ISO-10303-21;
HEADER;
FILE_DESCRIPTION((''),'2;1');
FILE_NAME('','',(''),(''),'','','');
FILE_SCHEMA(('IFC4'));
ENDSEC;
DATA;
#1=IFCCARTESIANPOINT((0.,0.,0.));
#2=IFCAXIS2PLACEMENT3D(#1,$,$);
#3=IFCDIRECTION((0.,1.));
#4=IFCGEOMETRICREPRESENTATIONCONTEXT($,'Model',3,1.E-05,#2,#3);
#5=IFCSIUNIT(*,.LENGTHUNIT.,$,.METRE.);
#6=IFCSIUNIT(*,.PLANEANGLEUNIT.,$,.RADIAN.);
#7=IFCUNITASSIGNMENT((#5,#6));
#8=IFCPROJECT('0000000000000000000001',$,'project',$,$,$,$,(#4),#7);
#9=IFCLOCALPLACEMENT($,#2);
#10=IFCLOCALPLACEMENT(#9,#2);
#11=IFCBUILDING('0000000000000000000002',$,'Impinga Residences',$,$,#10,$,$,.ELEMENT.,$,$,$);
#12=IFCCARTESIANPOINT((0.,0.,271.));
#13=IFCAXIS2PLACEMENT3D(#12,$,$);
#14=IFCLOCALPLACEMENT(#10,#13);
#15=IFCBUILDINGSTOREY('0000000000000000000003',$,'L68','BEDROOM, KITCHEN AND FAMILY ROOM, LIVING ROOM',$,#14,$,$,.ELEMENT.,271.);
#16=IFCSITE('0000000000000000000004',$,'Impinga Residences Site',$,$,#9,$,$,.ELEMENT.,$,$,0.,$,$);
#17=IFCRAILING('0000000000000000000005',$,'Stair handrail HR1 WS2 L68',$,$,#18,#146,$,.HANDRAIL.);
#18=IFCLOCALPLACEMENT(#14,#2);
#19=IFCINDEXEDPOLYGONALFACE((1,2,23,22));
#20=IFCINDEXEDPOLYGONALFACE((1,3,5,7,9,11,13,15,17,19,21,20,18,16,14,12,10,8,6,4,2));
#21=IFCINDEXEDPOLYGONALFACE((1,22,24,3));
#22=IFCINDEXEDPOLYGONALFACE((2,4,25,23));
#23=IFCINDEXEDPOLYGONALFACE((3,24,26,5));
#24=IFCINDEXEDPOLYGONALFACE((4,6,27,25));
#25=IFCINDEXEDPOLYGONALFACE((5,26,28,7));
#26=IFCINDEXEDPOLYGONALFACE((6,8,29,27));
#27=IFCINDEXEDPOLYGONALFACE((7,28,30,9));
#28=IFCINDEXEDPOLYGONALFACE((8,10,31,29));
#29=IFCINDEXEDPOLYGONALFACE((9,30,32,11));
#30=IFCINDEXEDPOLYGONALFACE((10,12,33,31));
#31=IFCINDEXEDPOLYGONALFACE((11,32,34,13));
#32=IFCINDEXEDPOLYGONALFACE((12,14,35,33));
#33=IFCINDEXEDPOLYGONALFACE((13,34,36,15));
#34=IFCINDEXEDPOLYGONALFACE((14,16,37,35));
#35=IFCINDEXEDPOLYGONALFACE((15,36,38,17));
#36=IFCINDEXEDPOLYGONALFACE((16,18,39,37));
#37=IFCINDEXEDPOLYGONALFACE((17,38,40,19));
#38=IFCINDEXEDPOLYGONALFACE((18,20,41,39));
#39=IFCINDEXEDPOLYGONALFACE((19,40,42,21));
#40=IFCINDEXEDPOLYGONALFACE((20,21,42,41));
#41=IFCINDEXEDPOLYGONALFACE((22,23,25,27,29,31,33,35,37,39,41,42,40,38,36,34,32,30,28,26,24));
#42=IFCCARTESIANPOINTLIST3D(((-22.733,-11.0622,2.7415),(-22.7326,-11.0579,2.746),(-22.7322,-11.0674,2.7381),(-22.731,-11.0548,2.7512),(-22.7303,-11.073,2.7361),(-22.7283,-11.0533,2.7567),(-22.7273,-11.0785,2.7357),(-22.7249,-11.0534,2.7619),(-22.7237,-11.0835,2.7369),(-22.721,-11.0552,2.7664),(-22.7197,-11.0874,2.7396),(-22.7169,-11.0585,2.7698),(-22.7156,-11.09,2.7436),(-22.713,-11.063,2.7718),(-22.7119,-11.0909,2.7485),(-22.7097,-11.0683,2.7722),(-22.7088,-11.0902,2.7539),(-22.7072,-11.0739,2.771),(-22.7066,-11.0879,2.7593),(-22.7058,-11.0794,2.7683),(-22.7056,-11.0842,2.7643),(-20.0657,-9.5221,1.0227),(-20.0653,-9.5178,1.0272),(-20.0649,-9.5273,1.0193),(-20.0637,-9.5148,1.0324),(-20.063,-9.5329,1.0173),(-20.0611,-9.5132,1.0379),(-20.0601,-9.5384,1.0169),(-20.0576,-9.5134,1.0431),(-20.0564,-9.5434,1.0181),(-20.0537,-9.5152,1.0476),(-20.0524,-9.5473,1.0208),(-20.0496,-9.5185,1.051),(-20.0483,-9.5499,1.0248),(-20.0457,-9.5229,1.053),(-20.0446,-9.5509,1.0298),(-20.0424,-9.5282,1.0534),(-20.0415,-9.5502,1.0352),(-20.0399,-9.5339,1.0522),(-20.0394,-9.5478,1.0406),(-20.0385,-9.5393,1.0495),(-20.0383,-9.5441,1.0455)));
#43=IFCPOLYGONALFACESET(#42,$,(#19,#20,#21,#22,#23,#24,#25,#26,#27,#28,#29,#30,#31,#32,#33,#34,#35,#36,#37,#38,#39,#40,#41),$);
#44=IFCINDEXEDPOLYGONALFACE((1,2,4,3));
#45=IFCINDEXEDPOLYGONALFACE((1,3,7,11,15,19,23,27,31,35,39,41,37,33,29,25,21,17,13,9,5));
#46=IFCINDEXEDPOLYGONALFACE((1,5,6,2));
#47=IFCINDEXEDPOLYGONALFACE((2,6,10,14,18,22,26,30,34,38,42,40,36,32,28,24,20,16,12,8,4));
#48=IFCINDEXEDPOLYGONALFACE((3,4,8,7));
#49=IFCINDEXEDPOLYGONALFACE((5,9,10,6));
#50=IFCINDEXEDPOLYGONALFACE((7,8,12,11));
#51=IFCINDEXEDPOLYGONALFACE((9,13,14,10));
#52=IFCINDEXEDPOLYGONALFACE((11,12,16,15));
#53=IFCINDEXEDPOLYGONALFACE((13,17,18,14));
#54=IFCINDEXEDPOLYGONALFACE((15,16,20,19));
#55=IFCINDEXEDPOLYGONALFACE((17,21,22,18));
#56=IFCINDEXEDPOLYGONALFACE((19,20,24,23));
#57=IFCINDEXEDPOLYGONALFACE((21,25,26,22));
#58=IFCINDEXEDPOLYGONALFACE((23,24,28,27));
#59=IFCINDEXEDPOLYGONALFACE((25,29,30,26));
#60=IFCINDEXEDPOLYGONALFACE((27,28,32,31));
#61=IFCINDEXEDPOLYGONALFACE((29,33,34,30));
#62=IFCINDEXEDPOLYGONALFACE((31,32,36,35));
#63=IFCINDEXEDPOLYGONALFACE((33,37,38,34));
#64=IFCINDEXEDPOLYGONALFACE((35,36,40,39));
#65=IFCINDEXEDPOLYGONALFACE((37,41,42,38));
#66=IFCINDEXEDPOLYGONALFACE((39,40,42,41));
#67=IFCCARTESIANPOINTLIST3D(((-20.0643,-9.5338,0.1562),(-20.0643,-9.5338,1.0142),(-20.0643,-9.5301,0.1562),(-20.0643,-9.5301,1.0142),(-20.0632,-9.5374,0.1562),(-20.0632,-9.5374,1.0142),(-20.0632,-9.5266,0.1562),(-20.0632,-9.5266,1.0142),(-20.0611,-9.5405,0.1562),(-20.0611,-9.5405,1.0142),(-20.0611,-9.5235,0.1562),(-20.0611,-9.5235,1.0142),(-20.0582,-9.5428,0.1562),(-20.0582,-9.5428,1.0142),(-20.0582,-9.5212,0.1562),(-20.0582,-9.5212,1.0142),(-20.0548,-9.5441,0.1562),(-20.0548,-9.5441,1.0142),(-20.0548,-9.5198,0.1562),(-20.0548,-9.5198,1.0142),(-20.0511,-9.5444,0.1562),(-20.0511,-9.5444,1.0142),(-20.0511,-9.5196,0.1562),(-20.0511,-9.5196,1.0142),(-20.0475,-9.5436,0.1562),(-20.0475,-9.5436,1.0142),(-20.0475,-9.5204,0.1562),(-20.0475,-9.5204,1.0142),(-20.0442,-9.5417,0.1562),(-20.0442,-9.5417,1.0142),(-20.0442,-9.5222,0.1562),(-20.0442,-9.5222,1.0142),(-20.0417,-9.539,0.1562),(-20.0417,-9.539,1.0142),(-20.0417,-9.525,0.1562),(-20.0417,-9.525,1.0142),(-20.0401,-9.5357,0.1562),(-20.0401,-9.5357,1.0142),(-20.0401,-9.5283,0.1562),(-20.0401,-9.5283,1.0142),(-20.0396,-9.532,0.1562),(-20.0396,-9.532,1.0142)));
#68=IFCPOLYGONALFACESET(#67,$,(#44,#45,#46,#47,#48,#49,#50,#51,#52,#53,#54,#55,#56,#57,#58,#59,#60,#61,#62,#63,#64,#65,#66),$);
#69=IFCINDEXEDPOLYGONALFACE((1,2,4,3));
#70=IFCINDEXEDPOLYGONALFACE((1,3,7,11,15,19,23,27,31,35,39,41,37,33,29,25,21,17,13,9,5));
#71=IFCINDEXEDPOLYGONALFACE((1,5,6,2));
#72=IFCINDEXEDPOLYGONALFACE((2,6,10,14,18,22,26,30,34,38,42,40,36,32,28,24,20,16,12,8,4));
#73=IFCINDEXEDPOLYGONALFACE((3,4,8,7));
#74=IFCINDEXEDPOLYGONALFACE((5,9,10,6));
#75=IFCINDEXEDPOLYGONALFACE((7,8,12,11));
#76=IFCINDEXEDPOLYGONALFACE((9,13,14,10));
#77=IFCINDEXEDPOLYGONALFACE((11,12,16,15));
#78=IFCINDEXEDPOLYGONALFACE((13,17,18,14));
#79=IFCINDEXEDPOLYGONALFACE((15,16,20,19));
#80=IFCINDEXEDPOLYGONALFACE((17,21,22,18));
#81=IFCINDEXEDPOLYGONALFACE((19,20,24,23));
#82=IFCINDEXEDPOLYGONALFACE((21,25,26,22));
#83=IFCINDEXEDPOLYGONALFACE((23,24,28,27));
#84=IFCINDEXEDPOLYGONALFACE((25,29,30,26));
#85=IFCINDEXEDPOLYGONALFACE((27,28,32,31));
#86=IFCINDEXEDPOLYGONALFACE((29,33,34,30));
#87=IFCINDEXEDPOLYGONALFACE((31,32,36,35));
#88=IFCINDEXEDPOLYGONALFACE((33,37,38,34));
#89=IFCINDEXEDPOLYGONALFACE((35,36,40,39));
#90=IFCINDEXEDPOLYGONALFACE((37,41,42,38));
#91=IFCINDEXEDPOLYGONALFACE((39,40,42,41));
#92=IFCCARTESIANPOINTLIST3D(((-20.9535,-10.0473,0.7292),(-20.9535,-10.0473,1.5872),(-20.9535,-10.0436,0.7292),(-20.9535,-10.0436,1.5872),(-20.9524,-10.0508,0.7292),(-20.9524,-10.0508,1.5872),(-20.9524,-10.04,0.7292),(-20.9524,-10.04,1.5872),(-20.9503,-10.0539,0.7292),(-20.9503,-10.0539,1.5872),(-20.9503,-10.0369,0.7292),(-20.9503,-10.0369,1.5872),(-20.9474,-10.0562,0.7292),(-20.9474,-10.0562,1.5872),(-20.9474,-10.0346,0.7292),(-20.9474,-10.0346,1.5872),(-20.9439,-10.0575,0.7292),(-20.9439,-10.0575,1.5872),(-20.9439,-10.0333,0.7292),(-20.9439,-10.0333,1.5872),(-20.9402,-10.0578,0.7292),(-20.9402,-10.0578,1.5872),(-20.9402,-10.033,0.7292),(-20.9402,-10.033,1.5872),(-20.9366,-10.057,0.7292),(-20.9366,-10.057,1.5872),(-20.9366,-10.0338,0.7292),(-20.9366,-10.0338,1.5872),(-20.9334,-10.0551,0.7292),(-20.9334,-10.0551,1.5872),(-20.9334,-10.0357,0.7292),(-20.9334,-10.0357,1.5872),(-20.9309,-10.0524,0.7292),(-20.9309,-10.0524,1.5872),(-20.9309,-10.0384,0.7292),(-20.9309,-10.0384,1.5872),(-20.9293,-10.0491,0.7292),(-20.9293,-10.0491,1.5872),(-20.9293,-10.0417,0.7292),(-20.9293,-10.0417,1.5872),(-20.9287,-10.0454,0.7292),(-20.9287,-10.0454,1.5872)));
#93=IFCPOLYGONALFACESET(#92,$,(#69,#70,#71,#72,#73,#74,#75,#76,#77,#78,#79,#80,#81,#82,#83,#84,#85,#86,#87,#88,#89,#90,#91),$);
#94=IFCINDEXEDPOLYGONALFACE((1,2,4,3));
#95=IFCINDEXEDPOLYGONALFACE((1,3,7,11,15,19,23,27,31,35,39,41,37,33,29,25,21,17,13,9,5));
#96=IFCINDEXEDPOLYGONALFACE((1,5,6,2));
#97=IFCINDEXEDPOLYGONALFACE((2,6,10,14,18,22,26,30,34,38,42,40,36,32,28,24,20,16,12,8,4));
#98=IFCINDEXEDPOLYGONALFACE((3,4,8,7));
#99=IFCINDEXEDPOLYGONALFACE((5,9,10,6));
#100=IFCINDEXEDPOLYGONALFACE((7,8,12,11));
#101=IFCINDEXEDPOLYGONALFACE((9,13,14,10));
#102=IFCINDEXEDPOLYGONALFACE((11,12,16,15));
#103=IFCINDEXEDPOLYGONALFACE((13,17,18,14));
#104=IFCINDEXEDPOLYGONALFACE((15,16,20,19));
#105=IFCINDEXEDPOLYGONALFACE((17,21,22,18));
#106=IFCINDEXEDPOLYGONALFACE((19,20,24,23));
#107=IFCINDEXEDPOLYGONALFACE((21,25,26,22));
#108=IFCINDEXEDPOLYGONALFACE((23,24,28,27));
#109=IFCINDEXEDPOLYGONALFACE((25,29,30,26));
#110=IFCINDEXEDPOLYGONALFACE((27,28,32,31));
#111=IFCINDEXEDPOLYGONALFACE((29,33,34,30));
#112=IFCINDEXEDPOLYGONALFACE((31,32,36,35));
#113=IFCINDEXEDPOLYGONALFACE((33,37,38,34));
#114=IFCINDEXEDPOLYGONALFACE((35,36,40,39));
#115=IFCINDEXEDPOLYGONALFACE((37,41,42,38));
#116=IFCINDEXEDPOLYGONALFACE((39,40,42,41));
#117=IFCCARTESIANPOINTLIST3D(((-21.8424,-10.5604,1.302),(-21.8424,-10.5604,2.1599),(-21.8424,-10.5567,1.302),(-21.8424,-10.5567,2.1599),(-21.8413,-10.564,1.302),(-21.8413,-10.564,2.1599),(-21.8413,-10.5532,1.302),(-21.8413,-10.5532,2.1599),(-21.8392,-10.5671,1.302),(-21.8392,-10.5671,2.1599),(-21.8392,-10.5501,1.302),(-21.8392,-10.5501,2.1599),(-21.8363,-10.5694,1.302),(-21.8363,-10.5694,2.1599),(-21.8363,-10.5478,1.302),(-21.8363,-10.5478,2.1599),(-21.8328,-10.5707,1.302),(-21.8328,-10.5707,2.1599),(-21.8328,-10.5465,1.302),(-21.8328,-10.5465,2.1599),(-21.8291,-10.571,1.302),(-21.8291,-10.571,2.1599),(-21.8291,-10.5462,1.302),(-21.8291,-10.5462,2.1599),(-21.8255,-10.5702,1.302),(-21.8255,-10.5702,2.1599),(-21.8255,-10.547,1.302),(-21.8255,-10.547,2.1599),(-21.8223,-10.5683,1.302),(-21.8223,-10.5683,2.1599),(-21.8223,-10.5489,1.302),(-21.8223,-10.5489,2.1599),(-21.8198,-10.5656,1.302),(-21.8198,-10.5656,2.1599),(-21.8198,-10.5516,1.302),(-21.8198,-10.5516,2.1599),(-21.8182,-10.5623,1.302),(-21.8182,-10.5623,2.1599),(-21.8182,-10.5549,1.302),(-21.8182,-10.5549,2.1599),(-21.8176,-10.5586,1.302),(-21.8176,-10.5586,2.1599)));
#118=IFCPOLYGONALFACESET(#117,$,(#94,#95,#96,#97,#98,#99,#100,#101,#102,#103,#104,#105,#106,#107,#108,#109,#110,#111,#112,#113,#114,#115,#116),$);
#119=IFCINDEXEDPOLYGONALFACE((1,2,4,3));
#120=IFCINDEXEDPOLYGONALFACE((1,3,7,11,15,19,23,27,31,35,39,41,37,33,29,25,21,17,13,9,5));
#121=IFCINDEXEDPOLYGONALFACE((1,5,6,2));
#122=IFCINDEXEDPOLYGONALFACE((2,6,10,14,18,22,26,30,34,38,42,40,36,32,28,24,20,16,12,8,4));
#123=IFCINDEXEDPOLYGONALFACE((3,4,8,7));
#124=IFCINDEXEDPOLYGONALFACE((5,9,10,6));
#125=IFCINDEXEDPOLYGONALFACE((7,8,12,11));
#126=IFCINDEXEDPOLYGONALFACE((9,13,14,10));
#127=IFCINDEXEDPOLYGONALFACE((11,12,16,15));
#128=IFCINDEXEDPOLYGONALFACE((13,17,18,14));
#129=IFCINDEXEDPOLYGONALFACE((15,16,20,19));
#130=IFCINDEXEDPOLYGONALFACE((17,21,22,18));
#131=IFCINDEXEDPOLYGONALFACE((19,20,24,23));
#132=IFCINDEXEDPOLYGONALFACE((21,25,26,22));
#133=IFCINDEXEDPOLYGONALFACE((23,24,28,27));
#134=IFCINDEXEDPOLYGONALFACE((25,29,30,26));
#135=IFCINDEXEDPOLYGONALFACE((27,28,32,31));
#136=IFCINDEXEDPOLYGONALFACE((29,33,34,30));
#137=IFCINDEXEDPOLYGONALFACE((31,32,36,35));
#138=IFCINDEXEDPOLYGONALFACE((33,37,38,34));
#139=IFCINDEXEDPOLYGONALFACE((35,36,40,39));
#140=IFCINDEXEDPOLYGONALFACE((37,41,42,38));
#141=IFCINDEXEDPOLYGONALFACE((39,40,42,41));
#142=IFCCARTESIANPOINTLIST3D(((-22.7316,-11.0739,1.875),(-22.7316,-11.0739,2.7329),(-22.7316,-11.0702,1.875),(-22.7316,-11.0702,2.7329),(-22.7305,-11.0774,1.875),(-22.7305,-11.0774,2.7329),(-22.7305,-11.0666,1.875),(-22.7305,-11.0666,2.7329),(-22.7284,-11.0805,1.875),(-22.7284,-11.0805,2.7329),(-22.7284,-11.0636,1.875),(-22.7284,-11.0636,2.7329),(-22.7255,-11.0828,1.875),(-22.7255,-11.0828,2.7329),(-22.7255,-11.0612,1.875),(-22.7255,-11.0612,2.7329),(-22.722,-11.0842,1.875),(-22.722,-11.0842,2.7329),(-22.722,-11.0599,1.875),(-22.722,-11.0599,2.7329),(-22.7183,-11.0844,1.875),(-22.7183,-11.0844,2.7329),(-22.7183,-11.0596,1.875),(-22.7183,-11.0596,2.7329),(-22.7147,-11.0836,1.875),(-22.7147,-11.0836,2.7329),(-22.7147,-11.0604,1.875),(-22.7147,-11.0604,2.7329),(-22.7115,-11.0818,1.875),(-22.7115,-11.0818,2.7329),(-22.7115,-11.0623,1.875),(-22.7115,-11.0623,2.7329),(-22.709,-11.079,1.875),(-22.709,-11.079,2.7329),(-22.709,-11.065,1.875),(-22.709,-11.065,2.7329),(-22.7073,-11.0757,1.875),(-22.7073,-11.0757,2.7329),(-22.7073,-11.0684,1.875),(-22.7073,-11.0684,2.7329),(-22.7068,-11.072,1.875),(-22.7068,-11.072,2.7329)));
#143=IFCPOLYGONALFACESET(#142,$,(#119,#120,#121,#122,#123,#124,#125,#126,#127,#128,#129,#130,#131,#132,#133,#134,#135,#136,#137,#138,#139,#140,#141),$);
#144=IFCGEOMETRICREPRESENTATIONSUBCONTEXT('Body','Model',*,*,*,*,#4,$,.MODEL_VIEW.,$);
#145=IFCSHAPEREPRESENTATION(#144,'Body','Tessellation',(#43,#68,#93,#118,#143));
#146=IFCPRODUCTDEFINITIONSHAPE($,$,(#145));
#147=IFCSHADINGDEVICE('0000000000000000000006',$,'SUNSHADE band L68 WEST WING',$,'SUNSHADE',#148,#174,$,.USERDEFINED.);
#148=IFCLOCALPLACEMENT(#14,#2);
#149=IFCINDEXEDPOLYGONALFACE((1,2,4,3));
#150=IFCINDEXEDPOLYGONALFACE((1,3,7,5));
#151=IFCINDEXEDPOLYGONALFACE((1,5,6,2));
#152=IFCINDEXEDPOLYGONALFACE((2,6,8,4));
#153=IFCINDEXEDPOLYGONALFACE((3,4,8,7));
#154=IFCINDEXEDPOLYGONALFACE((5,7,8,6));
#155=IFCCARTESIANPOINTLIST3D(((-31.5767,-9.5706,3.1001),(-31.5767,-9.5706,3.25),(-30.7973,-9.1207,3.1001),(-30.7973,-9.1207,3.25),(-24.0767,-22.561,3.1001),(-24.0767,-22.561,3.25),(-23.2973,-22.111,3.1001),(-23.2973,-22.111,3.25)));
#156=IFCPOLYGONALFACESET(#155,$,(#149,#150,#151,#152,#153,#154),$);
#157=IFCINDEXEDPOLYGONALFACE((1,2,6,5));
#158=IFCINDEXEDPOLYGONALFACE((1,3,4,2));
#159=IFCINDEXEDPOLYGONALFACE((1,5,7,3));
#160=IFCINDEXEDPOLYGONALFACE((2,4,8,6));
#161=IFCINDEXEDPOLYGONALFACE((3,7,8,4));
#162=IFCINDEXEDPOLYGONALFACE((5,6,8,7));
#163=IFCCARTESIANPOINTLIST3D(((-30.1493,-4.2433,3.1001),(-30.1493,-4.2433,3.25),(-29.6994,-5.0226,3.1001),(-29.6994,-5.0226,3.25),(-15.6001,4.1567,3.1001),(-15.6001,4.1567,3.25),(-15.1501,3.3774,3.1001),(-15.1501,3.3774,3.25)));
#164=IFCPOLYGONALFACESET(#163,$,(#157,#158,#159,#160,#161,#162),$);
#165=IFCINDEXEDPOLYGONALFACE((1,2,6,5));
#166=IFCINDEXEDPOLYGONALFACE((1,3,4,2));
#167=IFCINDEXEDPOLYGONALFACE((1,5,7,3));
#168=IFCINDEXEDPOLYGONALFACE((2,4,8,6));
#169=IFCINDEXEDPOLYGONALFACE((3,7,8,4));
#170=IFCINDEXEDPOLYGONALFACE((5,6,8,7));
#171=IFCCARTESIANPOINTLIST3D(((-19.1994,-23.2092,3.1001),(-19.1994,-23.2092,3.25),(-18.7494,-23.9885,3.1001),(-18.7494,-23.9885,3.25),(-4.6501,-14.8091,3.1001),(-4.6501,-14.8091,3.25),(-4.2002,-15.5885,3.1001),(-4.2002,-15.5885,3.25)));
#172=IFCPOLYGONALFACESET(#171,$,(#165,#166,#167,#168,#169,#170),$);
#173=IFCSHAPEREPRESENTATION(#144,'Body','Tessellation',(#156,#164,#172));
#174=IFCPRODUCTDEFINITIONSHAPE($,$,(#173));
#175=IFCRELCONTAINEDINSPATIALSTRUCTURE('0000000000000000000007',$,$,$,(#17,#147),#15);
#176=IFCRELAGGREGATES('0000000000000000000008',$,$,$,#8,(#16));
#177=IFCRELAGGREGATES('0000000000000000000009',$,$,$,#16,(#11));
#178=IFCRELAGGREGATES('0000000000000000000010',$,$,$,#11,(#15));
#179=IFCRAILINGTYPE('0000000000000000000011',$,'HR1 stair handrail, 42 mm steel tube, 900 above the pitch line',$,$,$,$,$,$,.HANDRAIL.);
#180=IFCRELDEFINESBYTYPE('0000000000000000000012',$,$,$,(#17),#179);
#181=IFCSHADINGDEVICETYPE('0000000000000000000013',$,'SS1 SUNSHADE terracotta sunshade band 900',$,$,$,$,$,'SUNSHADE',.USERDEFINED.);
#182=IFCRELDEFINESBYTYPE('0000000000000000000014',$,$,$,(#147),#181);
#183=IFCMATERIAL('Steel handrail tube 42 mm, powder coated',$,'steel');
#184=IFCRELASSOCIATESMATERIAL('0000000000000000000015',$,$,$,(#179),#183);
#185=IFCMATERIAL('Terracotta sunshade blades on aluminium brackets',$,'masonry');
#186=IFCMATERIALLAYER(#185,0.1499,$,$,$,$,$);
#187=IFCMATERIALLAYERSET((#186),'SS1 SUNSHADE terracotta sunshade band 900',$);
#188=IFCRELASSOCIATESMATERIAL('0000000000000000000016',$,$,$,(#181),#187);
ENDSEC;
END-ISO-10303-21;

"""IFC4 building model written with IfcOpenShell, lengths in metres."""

from ifc_helpers import new_model, si_unit, direction, frame, origin, origin_2d, place, context, subcontext, project, spatial, rectangle, circle, extrude, material, layer, layer_set, type_object, element, save


model = new_model("IFC4")

# Units and contexts
model_context = context("Model", 3, precision=1e-05, world=origin(), true_north=direction((0.0, 1.0)))
body_context = subcontext(model_context, "Body", "Model", "MODEL_VIEW")
ifc_project = project(units=[si_unit("LENGTHUNIT", "METRE"), si_unit("PLANEANGLEUNIT", "RADIAN")], contexts=[model_context])

# Site, building, storey
site_placement = place(None, origin())
site = spatial("IfcSite", under=ifc_project, at=site_placement, Name="Impinga Residences Site", CompositionType="ELEMENT", RefElevation=0.0)
building_placement = place(site_placement, origin())
building = spatial("IfcBuilding", under=site, at=building_placement, Name="Impinga Residences", CompositionType="ELEMENT")
storey_placement = place(building_placement, frame((0.0, 0.0, 271.0)))
storey = spatial("IfcBuildingStorey", under=building, at=storey_placement, Name="L68", Description="BEDROOM, KITCHEN AND FAMILY ROOM, LIVING ROOM", CompositionType="ELEMENT", Elevation=271.0)

# Railing
ifc_material_1 = material(Name="Steel handrail tube 42 mm, powder coated", Category="steel")
railing_type_1 = type_object("IfcRailingType", Name="HR1 stair handrail, 42 mm steel tube, 900 above the pitch line", PredefinedType="HANDRAIL", material=ifc_material_1)
railing_1_placement = place(storey_placement, frame((-20.052, -9.532, 0.1562)))
element("IfcRailing", 1, at=railing_1_placement, inside=storey, type_object=railing_type_1, Name="Stair handrail HR1 WS2 L68", PredefinedType="HANDRAIL", context=body_context, shape_type="SweptSolid", body=[
    extrude(circle(Radius=0.021, at=origin_2d()), frame((0.0, 0.0, 0.8789), z_axis=(-0.756226, -0.436639, 0.487307), x_axis=(0.500027, -0.86601, 0.0)), (0.0, 0.0, 1.0), 3.5271),
    extrude(circle(Radius=0.0125, at=origin_2d()), origin(), (0.0, 0.0, 1.0), 0.8579),
    extrude(circle(Radius=0.0125, at=origin_2d()), frame((-0.8892, -0.5134, 0.573)), (0.0, 0.0, 1.0), 0.8579),
    extrude(circle(Radius=0.0125, at=origin_2d()), frame((-1.7781, -1.0266, 1.1458)), (0.0, 0.0, 1.0), 0.8579),
    extrude(circle(Radius=0.0125, at=origin_2d()), frame((-2.6672, -1.54, 1.7188)), (0.0, 0.0, 1.0), 0.8579),
])

# Shading device
ifc_material_2 = material(Name="Terracotta sunshade blades on aluminium brackets", Category="masonry")
ifc_layer_1 = layer(ifc_material_2, 0.1499)
ifc_layer_set_1 = layer_set([ifc_layer_1], Name="SS1 SUNSHADE terracotta sunshade band 900")
shading_device_type = type_object("IfcShadingDeviceType", Name="SS1 SUNSHADE terracotta sunshade band 900", ElementType="SUNSHADE", PredefinedType="USERDEFINED", material=ifc_layer_set_1)
shading_device_placement = place(storey_placement, frame((-27.437, -15.8408, 3.1001), z_axis=(0.0, 0.0, 1.0), x_axis=(-0.5, 0.866025, 0.0)))
element("IfcShadingDevice", 2, at=shading_device_placement, inside=storey, type_object=shading_device_type, Name="SUNSHADE band L68 WEST WING", ObjectType="SUNSHADE", PredefinedType="USERDEFINED", context=body_context, shape_type="SweptSolid", body=[
    extrude(rectangle(XDim=15.0, YDim=0.8999, at=origin_2d()), origin(), (0.0, 0.0, 1.0), 0.1499),
    extrude(rectangle(XDim=16.8, YDim=0.8999, at=origin_2d()), frame((10.95, -11.8499, 0.0), z_axis=(0.0, 0.0, 1.0), x_axis=(0.0, -1.0, 0.0)), (0.0, 0.0, 1.0), 0.1499),
    extrude(rectangle(XDim=16.8, YDim=0.8999, at=origin_2d()), frame((-10.95, -11.8499, 0.0), z_axis=(0.0, 0.0, 1.0), x_axis=(0.0, 1.0, 0.0)), (0.0, 0.0, 1.0), 0.1499),
])

save(model, "model.ifc")
